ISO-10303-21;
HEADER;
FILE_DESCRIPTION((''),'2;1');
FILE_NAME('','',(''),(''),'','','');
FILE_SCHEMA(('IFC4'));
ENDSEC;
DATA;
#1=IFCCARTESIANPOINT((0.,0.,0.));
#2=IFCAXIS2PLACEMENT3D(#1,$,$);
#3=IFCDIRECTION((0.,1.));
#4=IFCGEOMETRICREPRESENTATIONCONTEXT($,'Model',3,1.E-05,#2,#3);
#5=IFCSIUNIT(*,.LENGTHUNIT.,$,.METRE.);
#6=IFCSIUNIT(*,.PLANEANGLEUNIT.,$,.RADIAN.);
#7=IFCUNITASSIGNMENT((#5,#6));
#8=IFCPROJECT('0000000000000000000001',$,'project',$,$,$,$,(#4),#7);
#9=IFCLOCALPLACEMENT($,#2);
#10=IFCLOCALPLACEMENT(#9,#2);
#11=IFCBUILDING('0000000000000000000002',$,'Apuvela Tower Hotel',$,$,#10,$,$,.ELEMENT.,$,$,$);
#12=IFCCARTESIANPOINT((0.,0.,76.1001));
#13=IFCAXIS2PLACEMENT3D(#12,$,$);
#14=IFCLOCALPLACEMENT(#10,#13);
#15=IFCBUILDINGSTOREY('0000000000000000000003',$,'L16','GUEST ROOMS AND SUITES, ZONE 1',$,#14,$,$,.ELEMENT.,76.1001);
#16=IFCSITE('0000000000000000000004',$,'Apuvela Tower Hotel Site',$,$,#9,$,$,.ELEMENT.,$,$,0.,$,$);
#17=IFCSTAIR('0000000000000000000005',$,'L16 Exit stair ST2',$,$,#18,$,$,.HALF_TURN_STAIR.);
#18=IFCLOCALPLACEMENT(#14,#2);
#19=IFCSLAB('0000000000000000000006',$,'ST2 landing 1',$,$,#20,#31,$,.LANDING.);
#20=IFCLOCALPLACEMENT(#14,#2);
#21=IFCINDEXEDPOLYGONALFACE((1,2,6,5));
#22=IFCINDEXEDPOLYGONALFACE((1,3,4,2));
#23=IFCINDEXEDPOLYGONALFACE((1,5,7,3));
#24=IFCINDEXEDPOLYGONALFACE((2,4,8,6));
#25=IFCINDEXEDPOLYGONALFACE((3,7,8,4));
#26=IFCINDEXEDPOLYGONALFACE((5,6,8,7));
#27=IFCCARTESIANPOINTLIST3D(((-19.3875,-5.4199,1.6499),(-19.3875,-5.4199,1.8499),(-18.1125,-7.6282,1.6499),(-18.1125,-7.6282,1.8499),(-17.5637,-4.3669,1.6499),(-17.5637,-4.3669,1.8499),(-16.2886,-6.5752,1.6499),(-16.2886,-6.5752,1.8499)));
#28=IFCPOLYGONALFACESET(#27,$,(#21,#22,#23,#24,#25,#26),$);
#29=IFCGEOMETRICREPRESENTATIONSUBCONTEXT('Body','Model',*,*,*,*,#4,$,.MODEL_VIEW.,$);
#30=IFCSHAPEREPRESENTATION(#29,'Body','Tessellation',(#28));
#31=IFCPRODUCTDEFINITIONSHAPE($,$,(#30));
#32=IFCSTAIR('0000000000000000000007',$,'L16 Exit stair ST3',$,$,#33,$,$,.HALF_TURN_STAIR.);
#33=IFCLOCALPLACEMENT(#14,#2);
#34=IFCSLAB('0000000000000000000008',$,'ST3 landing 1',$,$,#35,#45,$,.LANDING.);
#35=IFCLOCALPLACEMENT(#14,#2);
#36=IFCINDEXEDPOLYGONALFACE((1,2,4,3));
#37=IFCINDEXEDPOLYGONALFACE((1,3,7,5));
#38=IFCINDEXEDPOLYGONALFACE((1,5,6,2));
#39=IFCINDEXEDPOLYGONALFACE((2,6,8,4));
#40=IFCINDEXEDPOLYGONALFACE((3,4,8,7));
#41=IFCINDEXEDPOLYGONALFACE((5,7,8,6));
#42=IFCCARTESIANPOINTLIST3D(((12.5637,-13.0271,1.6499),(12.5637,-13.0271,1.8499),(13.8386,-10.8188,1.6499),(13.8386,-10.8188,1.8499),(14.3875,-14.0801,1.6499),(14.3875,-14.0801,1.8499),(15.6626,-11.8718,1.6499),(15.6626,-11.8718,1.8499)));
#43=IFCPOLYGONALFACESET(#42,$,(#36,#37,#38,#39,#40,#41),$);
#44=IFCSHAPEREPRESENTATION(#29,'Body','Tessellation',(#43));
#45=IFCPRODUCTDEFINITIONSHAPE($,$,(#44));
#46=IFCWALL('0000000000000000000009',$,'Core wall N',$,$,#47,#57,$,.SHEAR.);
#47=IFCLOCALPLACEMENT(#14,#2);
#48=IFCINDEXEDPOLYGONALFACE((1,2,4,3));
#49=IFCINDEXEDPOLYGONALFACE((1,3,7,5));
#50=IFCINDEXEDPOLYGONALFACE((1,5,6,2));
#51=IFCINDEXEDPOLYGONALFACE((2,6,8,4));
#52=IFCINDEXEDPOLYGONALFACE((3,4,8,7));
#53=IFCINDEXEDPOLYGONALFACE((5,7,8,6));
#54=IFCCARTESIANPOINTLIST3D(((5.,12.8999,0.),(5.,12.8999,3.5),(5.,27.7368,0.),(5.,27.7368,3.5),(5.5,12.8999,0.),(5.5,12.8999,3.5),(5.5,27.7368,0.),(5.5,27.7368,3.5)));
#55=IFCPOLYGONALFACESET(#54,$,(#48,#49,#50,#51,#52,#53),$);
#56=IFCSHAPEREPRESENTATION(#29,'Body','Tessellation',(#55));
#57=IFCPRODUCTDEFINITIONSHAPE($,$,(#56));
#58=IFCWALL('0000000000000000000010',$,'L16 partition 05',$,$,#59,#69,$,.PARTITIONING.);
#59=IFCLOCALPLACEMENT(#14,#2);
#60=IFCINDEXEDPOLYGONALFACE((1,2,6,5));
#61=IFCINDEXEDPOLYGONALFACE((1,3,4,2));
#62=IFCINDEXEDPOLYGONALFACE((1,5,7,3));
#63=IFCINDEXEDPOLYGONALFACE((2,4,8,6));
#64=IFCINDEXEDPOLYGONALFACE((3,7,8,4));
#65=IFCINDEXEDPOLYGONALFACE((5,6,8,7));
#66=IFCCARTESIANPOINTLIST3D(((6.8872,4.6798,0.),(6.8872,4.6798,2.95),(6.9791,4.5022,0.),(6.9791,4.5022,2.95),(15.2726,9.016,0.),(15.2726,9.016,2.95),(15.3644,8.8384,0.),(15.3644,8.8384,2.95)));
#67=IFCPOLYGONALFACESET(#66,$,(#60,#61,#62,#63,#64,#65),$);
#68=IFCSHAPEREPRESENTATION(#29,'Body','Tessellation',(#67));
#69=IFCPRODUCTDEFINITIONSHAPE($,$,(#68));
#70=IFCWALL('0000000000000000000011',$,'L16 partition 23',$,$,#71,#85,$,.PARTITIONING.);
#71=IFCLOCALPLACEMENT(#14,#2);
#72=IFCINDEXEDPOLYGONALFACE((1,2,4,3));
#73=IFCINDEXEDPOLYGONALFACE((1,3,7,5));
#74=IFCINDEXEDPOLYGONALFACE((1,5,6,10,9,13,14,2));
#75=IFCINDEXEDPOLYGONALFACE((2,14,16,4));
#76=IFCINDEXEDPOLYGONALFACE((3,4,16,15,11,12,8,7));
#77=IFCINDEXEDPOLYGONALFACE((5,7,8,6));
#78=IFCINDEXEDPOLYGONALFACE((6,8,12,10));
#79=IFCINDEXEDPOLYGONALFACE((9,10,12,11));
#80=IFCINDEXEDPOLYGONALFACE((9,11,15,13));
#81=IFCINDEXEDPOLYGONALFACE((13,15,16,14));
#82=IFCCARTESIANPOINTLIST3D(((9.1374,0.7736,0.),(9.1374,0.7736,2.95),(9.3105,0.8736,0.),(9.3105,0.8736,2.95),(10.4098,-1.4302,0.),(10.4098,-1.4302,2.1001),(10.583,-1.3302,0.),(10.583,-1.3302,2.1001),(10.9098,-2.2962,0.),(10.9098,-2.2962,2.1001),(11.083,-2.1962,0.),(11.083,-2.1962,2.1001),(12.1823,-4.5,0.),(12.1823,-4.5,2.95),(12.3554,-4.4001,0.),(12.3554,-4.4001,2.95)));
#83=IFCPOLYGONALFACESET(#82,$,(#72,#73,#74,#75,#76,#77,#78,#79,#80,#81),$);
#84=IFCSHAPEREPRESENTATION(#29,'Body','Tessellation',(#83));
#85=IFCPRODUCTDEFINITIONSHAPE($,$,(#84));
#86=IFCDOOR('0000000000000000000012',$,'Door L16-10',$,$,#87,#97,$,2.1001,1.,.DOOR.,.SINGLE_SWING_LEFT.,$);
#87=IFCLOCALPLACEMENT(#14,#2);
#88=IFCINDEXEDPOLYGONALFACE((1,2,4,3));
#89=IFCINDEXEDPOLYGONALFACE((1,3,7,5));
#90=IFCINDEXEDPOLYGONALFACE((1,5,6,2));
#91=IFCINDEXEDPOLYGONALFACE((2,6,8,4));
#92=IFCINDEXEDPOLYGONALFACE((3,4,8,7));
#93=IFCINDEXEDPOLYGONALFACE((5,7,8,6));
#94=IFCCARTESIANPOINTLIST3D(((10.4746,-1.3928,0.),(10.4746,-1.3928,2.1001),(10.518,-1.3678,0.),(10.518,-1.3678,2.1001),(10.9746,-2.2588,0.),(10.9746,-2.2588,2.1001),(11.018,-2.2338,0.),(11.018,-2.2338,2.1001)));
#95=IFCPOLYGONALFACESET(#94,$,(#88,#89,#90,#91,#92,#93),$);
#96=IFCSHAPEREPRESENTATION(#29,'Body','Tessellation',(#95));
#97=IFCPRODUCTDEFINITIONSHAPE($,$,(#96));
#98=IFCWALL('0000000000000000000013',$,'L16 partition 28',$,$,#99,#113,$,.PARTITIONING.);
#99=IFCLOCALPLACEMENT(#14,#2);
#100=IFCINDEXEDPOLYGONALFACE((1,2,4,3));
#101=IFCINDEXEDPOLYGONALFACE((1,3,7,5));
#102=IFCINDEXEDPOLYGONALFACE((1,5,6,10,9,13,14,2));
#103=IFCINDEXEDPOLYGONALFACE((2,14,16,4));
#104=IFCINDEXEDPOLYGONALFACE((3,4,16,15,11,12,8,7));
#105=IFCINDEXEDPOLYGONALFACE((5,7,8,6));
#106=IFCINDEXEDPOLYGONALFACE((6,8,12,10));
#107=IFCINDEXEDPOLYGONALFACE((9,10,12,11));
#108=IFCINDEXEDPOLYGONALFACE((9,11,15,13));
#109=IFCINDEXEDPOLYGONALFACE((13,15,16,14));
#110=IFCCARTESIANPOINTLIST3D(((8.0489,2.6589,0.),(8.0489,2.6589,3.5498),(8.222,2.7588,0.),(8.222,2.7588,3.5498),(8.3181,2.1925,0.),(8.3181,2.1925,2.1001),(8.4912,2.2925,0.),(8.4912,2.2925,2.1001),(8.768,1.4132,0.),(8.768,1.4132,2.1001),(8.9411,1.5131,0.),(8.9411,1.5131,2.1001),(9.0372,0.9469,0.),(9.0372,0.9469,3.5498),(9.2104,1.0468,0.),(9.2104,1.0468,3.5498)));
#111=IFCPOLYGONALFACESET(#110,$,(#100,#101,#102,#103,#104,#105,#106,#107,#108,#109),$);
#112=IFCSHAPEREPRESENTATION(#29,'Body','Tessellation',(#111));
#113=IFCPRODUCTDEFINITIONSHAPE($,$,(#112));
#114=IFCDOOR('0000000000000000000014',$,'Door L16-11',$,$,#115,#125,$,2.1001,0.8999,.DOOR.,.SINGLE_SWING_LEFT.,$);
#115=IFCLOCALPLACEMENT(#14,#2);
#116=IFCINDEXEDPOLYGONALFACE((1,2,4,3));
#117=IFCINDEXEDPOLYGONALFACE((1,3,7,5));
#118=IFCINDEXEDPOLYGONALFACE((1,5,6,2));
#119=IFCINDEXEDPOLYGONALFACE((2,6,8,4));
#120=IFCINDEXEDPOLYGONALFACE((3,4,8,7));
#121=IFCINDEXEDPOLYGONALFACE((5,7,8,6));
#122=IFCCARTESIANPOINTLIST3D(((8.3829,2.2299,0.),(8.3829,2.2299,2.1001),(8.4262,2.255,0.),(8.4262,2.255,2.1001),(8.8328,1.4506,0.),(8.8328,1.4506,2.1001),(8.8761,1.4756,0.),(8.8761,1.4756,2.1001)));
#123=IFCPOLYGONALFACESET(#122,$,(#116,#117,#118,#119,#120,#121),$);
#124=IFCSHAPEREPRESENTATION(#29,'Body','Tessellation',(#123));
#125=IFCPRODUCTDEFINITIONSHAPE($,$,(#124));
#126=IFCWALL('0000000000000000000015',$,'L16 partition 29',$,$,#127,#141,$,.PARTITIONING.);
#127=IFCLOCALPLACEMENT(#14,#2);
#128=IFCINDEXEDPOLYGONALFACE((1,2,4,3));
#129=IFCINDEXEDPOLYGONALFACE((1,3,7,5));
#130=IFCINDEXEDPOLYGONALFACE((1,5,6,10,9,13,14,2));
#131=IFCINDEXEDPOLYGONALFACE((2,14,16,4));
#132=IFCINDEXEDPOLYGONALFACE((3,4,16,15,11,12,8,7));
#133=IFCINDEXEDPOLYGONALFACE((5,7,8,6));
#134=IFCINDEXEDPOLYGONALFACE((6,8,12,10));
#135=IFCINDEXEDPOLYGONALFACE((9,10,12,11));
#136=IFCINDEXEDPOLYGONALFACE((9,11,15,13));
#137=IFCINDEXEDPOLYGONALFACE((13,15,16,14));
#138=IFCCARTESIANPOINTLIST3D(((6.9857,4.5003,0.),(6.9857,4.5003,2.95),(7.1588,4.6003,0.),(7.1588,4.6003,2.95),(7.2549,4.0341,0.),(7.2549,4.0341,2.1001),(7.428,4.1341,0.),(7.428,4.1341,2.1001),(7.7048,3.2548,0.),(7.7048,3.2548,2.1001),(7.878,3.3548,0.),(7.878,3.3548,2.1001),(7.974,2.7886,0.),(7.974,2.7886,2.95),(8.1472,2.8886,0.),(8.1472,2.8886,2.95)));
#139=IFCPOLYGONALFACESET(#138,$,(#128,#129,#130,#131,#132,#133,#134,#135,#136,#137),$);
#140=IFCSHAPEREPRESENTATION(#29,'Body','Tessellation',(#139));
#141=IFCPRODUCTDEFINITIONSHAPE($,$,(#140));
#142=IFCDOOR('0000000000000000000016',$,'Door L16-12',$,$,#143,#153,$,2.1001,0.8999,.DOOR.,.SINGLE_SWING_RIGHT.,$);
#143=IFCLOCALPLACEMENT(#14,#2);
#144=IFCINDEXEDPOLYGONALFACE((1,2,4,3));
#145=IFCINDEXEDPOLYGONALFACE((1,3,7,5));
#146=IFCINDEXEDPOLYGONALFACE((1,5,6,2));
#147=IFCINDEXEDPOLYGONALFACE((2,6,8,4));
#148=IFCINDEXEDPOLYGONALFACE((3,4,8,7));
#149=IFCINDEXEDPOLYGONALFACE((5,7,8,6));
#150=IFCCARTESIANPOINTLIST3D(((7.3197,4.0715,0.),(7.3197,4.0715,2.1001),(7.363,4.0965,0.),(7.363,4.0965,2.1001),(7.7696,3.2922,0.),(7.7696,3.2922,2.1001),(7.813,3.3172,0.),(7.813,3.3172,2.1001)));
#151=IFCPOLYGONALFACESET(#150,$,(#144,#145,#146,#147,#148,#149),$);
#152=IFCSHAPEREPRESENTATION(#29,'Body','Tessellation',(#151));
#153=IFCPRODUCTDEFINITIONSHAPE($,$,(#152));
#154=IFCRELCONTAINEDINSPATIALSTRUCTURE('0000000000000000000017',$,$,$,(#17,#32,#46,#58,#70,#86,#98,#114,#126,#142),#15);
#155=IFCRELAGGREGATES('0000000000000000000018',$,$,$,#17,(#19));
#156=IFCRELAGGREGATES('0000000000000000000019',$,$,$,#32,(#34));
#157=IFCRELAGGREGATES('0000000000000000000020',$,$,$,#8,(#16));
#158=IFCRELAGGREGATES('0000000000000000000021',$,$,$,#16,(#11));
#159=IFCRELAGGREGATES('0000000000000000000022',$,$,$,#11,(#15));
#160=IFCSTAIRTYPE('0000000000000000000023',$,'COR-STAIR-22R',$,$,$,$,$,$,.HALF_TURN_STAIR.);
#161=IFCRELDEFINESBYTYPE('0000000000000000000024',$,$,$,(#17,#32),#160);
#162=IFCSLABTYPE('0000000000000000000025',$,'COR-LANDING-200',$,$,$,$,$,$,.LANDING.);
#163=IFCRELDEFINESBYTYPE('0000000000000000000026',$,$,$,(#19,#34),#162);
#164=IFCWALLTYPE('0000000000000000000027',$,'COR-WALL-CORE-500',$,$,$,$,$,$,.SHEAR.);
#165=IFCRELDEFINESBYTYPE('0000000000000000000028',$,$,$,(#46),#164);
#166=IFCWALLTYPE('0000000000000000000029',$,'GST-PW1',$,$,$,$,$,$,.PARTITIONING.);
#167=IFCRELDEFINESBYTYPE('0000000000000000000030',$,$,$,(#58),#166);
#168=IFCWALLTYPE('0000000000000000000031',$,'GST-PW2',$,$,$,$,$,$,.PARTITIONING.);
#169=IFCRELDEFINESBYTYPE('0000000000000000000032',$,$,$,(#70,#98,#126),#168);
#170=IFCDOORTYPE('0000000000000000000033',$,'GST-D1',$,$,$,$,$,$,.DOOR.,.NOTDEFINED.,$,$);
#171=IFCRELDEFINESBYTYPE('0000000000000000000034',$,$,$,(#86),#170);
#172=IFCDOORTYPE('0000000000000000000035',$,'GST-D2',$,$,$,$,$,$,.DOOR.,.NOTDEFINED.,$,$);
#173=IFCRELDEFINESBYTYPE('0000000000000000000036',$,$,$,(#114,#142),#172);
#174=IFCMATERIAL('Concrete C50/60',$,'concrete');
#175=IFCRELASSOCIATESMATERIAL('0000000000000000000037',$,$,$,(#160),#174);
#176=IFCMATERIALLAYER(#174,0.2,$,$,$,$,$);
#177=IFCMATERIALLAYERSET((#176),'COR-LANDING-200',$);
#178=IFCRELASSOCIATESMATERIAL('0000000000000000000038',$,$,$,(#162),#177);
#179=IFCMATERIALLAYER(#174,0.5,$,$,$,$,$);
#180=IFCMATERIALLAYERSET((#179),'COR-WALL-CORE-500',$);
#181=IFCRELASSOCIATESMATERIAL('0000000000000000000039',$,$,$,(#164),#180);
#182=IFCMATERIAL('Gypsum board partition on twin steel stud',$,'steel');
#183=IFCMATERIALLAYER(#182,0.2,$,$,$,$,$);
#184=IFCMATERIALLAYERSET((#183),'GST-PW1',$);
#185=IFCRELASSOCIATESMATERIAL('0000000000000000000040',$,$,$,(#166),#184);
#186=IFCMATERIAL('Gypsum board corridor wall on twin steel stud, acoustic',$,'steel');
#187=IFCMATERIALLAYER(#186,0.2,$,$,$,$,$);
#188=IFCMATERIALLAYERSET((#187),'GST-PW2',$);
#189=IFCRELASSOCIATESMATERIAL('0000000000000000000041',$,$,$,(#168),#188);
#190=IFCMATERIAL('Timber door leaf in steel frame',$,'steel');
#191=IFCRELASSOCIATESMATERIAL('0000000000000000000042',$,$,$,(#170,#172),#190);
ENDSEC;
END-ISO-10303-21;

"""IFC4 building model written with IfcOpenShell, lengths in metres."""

from ifc_helpers import new_model, si_unit, direction, frame, frame_2d, origin, place, context, subcontext, project, spatial, polyline, rectangle, outline, extrude, material, layer, layer_set, type_object, element, fill, aggregate, save


model = new_model("IFC4")

# Units and contexts
model_context = context("Model", 3, precision=1e-05, world=origin(), true_north=direction((0.0, 1.0)))
body_context = subcontext(model_context, "Body", "Model", "MODEL_VIEW")
ifc_project = project(units=[si_unit("LENGTHUNIT", "METRE"), si_unit("PLANEANGLEUNIT", "RADIAN")], contexts=[model_context])

# Site, building, storey
site_placement = place(None, origin())
site = spatial("IfcSite", under=ifc_project, at=site_placement, Name="Apuvela Tower Hotel Site", CompositionType="ELEMENT", RefElevation=0.0)
building_placement = place(site_placement, origin())
building = spatial("IfcBuilding", under=site, at=building_placement, Name="Apuvela Tower Hotel", CompositionType="ELEMENT")
storey_placement = place(building_placement, frame((0.0, 0.0, 76.1001)))
storey = spatial("IfcBuildingStorey", under=building, at=storey_placement, Name="L16", Description="GUEST ROOMS AND SUITES, ZONE 1", CompositionType="ELEMENT", Elevation=76.1001)

# Shared definitions
ifc_material_1 = material(Name="Concrete C50/60", Category="concrete")

# Stairs, slabs
stair_type = type_object("IfcStairType", Name="COR-STAIR-22R", PredefinedType="HALF_TURN_STAIR", material=ifc_material_1)
ifc_layer_1 = layer(ifc_material_1, 0.2)
ifc_layer_set_1 = layer_set([ifc_layer_1], Name="COR-LANDING-200")
slab_type_1 = type_object("IfcSlabType", Name="COR-LANDING-200", PredefinedType="LANDING", material=ifc_layer_set_1)
stair_1_placement = place(storey_placement, origin())
stair_1 = element("IfcStair", 1, at=stair_1_placement, inside=storey, type_object=stair_type, Name="L16 Exit stair ST2", PredefinedType="HALF_TURN_STAIR")
slab_1_placement = place(storey_placement, frame((0.0, 0.0, 1.6499)))
slab_1 = element("IfcSlab", 2, at=slab_1_placement, type_object=slab_type_1, Name="ST2 landing 1", PredefinedType="LANDING", context=body_context, shape_type="SweptSolid", body=[
    extrude(outline(polyline([(-17.5637, -4.3669), (-19.3875, -5.4199), (-18.1125, -7.6282), (-16.2886, -6.5752), (-17.5637, -4.3669)])), origin(), (0.0, 0.0, 1.0), 0.2),
])
aggregate(stair_1, [slab_1])
stair_2_placement = place(storey_placement, origin())
stair_2 = element("IfcStair", 3, at=stair_2_placement, inside=storey, type_object=stair_type, Name="L16 Exit stair ST3", PredefinedType="HALF_TURN_STAIR")
slab_2_placement = place(storey_placement, frame((0.0, 0.0, 1.6499)))
slab_2 = element("IfcSlab", 4, at=slab_2_placement, type_object=slab_type_1, Name="ST3 landing 1", PredefinedType="LANDING", context=body_context, shape_type="SweptSolid", body=[
    extrude(outline(polyline([(12.5637, -13.0271), (14.3875, -14.0801), (15.6626, -11.8718), (13.8386, -10.8188), (12.5637, -13.0271)])), origin(), (0.0, 0.0, 1.0), 0.2),
])
aggregate(stair_2, [slab_2])

# Walls
ifc_layer_2 = layer(ifc_material_1, 0.5)
ifc_layer_set_2 = layer_set([ifc_layer_2], Name="COR-WALL-CORE-500")
wall_type_1 = type_object("IfcWallType", Name="COR-WALL-CORE-500", PredefinedType="SHEAR", material=ifc_layer_set_2)
wall_1_placement = place(storey_placement, frame((5.25, 12.8999, 0.0), z_axis=(0.0, 0.0, 1.0), x_axis=(0.0, 1.0, 0.0)))
element("IfcWall", 5, at=wall_1_placement, inside=storey, type_object=wall_type_1, Name="Core wall N", PredefinedType="SHEAR", context=body_context, shape_type="SweptSolid", body=[
    extrude(rectangle(XDim=14.8369, YDim=0.5, at=frame_2d((7.4185, 0.0))), origin(), (0.0, 0.0, 1.0), 3.5),
])
ifc_material_2 = material(Name="Gypsum board partition on twin steel stud", Category="steel")
ifc_layer_3 = layer(ifc_material_2, 0.2)
ifc_layer_set_3 = layer_set([ifc_layer_3], Name="GST-PW1")
wall_type_2 = type_object("IfcWallType", Name="GST-PW1", PredefinedType="PARTITIONING", material=ifc_layer_set_3)
wall_2_placement = place(storey_placement, frame((15.3186, 8.9272, 0.0), z_axis=(0.0, 0.0, 1.0), x_axis=(-0.888262, -0.459338, 0.0)))
element("IfcWall", 6, at=wall_2_placement, inside=storey, type_object=wall_type_2, Name="L16 partition 05", PredefinedType="PARTITIONING", context=body_context, shape_type="SweptSolid", body=[
    extrude(rectangle(XDim=9.4402, YDim=0.2, at=frame_2d((4.7202, 0.0))), origin(), (0.0, 0.0, 1.0), 2.95),
])

# Walls, openings, doors
ifc_material_3 = material(Name="Gypsum board corridor wall on twin steel stud, acoustic", Category="steel")
ifc_layer_4 = layer(ifc_material_3, 0.2)
ifc_layer_set_4 = layer_set([ifc_layer_4], Name="GST-PW2")
wall_type_3 = type_object("IfcWallType", Name="GST-PW2", PredefinedType="PARTITIONING", material=ifc_layer_set_4)
wall_3_placement = place(storey_placement, frame((9.2239, 0.8237, 0.0), z_axis=(0.0, 0.0, 1.0), x_axis=(0.50002, -0.866014, 0.0)))
wall_3 = element("IfcWall", 7, at=wall_3_placement, inside=storey, type_object=wall_type_3, Name="L16 partition 23", PredefinedType="PARTITIONING", context=body_context, shape_type="SweptSolid", body=[
    extrude(rectangle(XDim=6.0896, YDim=0.2, at=frame_2d((3.0449, 0.0))), origin(), (0.0, 0.0, 1.0), 2.95),
])
opening_1_placement = place(wall_3_placement, frame((2.5449, 0.0, 0.0)))
opening_1 = element("IfcOpeningElement", 8, at=opening_1_placement, cuts=wall_3, PredefinedType="OPENING", context=body_context, shape_type="SweptSolid", body=[
    extrude(rectangle(XDim=1.0, YDim=2.1001, at=frame_2d((0.5, 1.05))), frame((0.0, 0.1099, 0.0), z_axis=(0.0, -1.0, 0.0), x_axis=(1.0, 0.0, 0.0)), (0.0, 0.0, 1.0), 0.22),
])
ifc_material_4 = material(Name="Timber door leaf in steel frame", Category="steel")
door_type_1 = type_object("IfcDoorType", Name="GST-D1", OperationType="NOTDEFINED", PredefinedType="DOOR", material=ifc_material_4)
door_1_placement = place(opening_1_placement, origin())
door_1 = element("IfcDoor", 9, at=door_1_placement, inside=storey, type_object=door_type_1, Name="Door L16-10", OperationType="SINGLE_SWING_LEFT", OverallHeight=2.1001, OverallWidth=1.0, PredefinedType="DOOR", context=body_context, shape_type="SweptSolid", body=[
    extrude(rectangle(XDim=1.0, YDim=2.1001, at=frame_2d((0.5, 1.05))), frame((0.0, 0.0249, 0.0), z_axis=(0.0, -1.0, 0.0), x_axis=(1.0, 0.0, 0.0)), (0.0, 0.0, 1.0), 0.05),
])
fill(opening_1, door_1)
wall_4_placement = place(storey_placement, frame((8.1355, 2.7087, 0.0), z_axis=(0.0, 0.0, 1.0), x_axis=(0.499965, -0.866046, 0.0)))
wall_4 = element("IfcWall", 10, at=wall_4_placement, inside=storey, type_object=wall_type_3, Name="L16 partition 28", PredefinedType="PARTITIONING", context=body_context, shape_type="SweptSolid", body=[
    extrude(rectangle(XDim=1.9768, YDim=0.2, at=frame_2d((0.9883, 0.0))), origin(), (0.0, 0.0, 1.0), 3.5498),
])
opening_2_placement = place(wall_4_placement, frame((0.5383, 0.0, 0.0)))
opening_2 = element("IfcOpeningElement", 11, at=opening_2_placement, cuts=wall_4, PredefinedType="OPENING", context=body_context, shape_type="SweptSolid", body=[
    extrude(rectangle(XDim=0.8999, YDim=2.1001, at=frame_2d((0.45, 1.05))), frame((0.0, 0.1099, 0.0), z_axis=(0.0, -1.0, 0.0), x_axis=(1.0, 0.0, 0.0)), (0.0, 0.0, 1.0), 0.22),
])
door_type_2 = type_object("IfcDoorType", Name="GST-D2", OperationType="NOTDEFINED", PredefinedType="DOOR", material=ifc_material_4)
door_2_placement = place(opening_2_placement, origin())
door_2 = element("IfcDoor", 12, at=door_2_placement, inside=storey, type_object=door_type_2, Name="Door L16-11", OperationType="SINGLE_SWING_LEFT", OverallHeight=2.1001, OverallWidth=0.8999, PredefinedType="DOOR", context=body_context, shape_type="SweptSolid", body=[
    extrude(rectangle(XDim=0.8999, YDim=2.1001, at=frame_2d((0.45, 1.05))), frame((0.0, 0.0249, 0.0), z_axis=(0.0, -1.0, 0.0), x_axis=(1.0, 0.0, 0.0)), (0.0, 0.0, 1.0), 0.05),
])
fill(opening_2, door_2)
wall_5_placement = place(storey_placement, frame((7.0723, 4.5503, 0.0), z_axis=(0.0, 0.0, 1.0), x_axis=(0.500018, -0.866015, 0.0)))
wall_5 = element("IfcWall", 13, at=wall_5_placement, inside=storey, type_object=wall_type_3, Name="L16 partition 29", PredefinedType="PARTITIONING", context=body_context, shape_type="SweptSolid", body=[
    extrude(rectangle(XDim=1.9766, YDim=0.2, at=frame_2d((0.9883, 0.0))), origin(), (0.0, 0.0, 1.0), 2.95),
])
opening_3_placement = place(wall_5_placement, frame((0.5383, 0.0, 0.0)))
opening_3 = element("IfcOpeningElement", 14, at=opening_3_placement, cuts=wall_5, PredefinedType="OPENING", context=body_context, shape_type="SweptSolid", body=[
    extrude(rectangle(XDim=0.8999, YDim=2.1001, at=frame_2d((0.45, 1.05))), frame((0.0, 0.1099, 0.0), z_axis=(0.0, -1.0, 0.0), x_axis=(1.0, 0.0, 0.0)), (0.0, 0.0, 1.0), 0.22),
])
door_3_placement = place(opening_3_placement, origin())
door_3 = element("IfcDoor", 15, at=door_3_placement, inside=storey, type_object=door_type_2, Name="Door L16-12", OperationType="SINGLE_SWING_RIGHT", OverallHeight=2.1001, OverallWidth=0.8999, PredefinedType="DOOR", context=body_context, shape_type="SweptSolid", body=[
    extrude(rectangle(XDim=0.8999, YDim=2.1001, at=frame_2d((0.45, 1.05))), frame((0.0, 0.0249, 0.0), z_axis=(0.0, -1.0, 0.0), x_axis=(1.0, 0.0, 0.0)), (0.0, 0.0, 1.0), 0.05),
])
fill(opening_3, door_3)

save(model, "model.ifc")
